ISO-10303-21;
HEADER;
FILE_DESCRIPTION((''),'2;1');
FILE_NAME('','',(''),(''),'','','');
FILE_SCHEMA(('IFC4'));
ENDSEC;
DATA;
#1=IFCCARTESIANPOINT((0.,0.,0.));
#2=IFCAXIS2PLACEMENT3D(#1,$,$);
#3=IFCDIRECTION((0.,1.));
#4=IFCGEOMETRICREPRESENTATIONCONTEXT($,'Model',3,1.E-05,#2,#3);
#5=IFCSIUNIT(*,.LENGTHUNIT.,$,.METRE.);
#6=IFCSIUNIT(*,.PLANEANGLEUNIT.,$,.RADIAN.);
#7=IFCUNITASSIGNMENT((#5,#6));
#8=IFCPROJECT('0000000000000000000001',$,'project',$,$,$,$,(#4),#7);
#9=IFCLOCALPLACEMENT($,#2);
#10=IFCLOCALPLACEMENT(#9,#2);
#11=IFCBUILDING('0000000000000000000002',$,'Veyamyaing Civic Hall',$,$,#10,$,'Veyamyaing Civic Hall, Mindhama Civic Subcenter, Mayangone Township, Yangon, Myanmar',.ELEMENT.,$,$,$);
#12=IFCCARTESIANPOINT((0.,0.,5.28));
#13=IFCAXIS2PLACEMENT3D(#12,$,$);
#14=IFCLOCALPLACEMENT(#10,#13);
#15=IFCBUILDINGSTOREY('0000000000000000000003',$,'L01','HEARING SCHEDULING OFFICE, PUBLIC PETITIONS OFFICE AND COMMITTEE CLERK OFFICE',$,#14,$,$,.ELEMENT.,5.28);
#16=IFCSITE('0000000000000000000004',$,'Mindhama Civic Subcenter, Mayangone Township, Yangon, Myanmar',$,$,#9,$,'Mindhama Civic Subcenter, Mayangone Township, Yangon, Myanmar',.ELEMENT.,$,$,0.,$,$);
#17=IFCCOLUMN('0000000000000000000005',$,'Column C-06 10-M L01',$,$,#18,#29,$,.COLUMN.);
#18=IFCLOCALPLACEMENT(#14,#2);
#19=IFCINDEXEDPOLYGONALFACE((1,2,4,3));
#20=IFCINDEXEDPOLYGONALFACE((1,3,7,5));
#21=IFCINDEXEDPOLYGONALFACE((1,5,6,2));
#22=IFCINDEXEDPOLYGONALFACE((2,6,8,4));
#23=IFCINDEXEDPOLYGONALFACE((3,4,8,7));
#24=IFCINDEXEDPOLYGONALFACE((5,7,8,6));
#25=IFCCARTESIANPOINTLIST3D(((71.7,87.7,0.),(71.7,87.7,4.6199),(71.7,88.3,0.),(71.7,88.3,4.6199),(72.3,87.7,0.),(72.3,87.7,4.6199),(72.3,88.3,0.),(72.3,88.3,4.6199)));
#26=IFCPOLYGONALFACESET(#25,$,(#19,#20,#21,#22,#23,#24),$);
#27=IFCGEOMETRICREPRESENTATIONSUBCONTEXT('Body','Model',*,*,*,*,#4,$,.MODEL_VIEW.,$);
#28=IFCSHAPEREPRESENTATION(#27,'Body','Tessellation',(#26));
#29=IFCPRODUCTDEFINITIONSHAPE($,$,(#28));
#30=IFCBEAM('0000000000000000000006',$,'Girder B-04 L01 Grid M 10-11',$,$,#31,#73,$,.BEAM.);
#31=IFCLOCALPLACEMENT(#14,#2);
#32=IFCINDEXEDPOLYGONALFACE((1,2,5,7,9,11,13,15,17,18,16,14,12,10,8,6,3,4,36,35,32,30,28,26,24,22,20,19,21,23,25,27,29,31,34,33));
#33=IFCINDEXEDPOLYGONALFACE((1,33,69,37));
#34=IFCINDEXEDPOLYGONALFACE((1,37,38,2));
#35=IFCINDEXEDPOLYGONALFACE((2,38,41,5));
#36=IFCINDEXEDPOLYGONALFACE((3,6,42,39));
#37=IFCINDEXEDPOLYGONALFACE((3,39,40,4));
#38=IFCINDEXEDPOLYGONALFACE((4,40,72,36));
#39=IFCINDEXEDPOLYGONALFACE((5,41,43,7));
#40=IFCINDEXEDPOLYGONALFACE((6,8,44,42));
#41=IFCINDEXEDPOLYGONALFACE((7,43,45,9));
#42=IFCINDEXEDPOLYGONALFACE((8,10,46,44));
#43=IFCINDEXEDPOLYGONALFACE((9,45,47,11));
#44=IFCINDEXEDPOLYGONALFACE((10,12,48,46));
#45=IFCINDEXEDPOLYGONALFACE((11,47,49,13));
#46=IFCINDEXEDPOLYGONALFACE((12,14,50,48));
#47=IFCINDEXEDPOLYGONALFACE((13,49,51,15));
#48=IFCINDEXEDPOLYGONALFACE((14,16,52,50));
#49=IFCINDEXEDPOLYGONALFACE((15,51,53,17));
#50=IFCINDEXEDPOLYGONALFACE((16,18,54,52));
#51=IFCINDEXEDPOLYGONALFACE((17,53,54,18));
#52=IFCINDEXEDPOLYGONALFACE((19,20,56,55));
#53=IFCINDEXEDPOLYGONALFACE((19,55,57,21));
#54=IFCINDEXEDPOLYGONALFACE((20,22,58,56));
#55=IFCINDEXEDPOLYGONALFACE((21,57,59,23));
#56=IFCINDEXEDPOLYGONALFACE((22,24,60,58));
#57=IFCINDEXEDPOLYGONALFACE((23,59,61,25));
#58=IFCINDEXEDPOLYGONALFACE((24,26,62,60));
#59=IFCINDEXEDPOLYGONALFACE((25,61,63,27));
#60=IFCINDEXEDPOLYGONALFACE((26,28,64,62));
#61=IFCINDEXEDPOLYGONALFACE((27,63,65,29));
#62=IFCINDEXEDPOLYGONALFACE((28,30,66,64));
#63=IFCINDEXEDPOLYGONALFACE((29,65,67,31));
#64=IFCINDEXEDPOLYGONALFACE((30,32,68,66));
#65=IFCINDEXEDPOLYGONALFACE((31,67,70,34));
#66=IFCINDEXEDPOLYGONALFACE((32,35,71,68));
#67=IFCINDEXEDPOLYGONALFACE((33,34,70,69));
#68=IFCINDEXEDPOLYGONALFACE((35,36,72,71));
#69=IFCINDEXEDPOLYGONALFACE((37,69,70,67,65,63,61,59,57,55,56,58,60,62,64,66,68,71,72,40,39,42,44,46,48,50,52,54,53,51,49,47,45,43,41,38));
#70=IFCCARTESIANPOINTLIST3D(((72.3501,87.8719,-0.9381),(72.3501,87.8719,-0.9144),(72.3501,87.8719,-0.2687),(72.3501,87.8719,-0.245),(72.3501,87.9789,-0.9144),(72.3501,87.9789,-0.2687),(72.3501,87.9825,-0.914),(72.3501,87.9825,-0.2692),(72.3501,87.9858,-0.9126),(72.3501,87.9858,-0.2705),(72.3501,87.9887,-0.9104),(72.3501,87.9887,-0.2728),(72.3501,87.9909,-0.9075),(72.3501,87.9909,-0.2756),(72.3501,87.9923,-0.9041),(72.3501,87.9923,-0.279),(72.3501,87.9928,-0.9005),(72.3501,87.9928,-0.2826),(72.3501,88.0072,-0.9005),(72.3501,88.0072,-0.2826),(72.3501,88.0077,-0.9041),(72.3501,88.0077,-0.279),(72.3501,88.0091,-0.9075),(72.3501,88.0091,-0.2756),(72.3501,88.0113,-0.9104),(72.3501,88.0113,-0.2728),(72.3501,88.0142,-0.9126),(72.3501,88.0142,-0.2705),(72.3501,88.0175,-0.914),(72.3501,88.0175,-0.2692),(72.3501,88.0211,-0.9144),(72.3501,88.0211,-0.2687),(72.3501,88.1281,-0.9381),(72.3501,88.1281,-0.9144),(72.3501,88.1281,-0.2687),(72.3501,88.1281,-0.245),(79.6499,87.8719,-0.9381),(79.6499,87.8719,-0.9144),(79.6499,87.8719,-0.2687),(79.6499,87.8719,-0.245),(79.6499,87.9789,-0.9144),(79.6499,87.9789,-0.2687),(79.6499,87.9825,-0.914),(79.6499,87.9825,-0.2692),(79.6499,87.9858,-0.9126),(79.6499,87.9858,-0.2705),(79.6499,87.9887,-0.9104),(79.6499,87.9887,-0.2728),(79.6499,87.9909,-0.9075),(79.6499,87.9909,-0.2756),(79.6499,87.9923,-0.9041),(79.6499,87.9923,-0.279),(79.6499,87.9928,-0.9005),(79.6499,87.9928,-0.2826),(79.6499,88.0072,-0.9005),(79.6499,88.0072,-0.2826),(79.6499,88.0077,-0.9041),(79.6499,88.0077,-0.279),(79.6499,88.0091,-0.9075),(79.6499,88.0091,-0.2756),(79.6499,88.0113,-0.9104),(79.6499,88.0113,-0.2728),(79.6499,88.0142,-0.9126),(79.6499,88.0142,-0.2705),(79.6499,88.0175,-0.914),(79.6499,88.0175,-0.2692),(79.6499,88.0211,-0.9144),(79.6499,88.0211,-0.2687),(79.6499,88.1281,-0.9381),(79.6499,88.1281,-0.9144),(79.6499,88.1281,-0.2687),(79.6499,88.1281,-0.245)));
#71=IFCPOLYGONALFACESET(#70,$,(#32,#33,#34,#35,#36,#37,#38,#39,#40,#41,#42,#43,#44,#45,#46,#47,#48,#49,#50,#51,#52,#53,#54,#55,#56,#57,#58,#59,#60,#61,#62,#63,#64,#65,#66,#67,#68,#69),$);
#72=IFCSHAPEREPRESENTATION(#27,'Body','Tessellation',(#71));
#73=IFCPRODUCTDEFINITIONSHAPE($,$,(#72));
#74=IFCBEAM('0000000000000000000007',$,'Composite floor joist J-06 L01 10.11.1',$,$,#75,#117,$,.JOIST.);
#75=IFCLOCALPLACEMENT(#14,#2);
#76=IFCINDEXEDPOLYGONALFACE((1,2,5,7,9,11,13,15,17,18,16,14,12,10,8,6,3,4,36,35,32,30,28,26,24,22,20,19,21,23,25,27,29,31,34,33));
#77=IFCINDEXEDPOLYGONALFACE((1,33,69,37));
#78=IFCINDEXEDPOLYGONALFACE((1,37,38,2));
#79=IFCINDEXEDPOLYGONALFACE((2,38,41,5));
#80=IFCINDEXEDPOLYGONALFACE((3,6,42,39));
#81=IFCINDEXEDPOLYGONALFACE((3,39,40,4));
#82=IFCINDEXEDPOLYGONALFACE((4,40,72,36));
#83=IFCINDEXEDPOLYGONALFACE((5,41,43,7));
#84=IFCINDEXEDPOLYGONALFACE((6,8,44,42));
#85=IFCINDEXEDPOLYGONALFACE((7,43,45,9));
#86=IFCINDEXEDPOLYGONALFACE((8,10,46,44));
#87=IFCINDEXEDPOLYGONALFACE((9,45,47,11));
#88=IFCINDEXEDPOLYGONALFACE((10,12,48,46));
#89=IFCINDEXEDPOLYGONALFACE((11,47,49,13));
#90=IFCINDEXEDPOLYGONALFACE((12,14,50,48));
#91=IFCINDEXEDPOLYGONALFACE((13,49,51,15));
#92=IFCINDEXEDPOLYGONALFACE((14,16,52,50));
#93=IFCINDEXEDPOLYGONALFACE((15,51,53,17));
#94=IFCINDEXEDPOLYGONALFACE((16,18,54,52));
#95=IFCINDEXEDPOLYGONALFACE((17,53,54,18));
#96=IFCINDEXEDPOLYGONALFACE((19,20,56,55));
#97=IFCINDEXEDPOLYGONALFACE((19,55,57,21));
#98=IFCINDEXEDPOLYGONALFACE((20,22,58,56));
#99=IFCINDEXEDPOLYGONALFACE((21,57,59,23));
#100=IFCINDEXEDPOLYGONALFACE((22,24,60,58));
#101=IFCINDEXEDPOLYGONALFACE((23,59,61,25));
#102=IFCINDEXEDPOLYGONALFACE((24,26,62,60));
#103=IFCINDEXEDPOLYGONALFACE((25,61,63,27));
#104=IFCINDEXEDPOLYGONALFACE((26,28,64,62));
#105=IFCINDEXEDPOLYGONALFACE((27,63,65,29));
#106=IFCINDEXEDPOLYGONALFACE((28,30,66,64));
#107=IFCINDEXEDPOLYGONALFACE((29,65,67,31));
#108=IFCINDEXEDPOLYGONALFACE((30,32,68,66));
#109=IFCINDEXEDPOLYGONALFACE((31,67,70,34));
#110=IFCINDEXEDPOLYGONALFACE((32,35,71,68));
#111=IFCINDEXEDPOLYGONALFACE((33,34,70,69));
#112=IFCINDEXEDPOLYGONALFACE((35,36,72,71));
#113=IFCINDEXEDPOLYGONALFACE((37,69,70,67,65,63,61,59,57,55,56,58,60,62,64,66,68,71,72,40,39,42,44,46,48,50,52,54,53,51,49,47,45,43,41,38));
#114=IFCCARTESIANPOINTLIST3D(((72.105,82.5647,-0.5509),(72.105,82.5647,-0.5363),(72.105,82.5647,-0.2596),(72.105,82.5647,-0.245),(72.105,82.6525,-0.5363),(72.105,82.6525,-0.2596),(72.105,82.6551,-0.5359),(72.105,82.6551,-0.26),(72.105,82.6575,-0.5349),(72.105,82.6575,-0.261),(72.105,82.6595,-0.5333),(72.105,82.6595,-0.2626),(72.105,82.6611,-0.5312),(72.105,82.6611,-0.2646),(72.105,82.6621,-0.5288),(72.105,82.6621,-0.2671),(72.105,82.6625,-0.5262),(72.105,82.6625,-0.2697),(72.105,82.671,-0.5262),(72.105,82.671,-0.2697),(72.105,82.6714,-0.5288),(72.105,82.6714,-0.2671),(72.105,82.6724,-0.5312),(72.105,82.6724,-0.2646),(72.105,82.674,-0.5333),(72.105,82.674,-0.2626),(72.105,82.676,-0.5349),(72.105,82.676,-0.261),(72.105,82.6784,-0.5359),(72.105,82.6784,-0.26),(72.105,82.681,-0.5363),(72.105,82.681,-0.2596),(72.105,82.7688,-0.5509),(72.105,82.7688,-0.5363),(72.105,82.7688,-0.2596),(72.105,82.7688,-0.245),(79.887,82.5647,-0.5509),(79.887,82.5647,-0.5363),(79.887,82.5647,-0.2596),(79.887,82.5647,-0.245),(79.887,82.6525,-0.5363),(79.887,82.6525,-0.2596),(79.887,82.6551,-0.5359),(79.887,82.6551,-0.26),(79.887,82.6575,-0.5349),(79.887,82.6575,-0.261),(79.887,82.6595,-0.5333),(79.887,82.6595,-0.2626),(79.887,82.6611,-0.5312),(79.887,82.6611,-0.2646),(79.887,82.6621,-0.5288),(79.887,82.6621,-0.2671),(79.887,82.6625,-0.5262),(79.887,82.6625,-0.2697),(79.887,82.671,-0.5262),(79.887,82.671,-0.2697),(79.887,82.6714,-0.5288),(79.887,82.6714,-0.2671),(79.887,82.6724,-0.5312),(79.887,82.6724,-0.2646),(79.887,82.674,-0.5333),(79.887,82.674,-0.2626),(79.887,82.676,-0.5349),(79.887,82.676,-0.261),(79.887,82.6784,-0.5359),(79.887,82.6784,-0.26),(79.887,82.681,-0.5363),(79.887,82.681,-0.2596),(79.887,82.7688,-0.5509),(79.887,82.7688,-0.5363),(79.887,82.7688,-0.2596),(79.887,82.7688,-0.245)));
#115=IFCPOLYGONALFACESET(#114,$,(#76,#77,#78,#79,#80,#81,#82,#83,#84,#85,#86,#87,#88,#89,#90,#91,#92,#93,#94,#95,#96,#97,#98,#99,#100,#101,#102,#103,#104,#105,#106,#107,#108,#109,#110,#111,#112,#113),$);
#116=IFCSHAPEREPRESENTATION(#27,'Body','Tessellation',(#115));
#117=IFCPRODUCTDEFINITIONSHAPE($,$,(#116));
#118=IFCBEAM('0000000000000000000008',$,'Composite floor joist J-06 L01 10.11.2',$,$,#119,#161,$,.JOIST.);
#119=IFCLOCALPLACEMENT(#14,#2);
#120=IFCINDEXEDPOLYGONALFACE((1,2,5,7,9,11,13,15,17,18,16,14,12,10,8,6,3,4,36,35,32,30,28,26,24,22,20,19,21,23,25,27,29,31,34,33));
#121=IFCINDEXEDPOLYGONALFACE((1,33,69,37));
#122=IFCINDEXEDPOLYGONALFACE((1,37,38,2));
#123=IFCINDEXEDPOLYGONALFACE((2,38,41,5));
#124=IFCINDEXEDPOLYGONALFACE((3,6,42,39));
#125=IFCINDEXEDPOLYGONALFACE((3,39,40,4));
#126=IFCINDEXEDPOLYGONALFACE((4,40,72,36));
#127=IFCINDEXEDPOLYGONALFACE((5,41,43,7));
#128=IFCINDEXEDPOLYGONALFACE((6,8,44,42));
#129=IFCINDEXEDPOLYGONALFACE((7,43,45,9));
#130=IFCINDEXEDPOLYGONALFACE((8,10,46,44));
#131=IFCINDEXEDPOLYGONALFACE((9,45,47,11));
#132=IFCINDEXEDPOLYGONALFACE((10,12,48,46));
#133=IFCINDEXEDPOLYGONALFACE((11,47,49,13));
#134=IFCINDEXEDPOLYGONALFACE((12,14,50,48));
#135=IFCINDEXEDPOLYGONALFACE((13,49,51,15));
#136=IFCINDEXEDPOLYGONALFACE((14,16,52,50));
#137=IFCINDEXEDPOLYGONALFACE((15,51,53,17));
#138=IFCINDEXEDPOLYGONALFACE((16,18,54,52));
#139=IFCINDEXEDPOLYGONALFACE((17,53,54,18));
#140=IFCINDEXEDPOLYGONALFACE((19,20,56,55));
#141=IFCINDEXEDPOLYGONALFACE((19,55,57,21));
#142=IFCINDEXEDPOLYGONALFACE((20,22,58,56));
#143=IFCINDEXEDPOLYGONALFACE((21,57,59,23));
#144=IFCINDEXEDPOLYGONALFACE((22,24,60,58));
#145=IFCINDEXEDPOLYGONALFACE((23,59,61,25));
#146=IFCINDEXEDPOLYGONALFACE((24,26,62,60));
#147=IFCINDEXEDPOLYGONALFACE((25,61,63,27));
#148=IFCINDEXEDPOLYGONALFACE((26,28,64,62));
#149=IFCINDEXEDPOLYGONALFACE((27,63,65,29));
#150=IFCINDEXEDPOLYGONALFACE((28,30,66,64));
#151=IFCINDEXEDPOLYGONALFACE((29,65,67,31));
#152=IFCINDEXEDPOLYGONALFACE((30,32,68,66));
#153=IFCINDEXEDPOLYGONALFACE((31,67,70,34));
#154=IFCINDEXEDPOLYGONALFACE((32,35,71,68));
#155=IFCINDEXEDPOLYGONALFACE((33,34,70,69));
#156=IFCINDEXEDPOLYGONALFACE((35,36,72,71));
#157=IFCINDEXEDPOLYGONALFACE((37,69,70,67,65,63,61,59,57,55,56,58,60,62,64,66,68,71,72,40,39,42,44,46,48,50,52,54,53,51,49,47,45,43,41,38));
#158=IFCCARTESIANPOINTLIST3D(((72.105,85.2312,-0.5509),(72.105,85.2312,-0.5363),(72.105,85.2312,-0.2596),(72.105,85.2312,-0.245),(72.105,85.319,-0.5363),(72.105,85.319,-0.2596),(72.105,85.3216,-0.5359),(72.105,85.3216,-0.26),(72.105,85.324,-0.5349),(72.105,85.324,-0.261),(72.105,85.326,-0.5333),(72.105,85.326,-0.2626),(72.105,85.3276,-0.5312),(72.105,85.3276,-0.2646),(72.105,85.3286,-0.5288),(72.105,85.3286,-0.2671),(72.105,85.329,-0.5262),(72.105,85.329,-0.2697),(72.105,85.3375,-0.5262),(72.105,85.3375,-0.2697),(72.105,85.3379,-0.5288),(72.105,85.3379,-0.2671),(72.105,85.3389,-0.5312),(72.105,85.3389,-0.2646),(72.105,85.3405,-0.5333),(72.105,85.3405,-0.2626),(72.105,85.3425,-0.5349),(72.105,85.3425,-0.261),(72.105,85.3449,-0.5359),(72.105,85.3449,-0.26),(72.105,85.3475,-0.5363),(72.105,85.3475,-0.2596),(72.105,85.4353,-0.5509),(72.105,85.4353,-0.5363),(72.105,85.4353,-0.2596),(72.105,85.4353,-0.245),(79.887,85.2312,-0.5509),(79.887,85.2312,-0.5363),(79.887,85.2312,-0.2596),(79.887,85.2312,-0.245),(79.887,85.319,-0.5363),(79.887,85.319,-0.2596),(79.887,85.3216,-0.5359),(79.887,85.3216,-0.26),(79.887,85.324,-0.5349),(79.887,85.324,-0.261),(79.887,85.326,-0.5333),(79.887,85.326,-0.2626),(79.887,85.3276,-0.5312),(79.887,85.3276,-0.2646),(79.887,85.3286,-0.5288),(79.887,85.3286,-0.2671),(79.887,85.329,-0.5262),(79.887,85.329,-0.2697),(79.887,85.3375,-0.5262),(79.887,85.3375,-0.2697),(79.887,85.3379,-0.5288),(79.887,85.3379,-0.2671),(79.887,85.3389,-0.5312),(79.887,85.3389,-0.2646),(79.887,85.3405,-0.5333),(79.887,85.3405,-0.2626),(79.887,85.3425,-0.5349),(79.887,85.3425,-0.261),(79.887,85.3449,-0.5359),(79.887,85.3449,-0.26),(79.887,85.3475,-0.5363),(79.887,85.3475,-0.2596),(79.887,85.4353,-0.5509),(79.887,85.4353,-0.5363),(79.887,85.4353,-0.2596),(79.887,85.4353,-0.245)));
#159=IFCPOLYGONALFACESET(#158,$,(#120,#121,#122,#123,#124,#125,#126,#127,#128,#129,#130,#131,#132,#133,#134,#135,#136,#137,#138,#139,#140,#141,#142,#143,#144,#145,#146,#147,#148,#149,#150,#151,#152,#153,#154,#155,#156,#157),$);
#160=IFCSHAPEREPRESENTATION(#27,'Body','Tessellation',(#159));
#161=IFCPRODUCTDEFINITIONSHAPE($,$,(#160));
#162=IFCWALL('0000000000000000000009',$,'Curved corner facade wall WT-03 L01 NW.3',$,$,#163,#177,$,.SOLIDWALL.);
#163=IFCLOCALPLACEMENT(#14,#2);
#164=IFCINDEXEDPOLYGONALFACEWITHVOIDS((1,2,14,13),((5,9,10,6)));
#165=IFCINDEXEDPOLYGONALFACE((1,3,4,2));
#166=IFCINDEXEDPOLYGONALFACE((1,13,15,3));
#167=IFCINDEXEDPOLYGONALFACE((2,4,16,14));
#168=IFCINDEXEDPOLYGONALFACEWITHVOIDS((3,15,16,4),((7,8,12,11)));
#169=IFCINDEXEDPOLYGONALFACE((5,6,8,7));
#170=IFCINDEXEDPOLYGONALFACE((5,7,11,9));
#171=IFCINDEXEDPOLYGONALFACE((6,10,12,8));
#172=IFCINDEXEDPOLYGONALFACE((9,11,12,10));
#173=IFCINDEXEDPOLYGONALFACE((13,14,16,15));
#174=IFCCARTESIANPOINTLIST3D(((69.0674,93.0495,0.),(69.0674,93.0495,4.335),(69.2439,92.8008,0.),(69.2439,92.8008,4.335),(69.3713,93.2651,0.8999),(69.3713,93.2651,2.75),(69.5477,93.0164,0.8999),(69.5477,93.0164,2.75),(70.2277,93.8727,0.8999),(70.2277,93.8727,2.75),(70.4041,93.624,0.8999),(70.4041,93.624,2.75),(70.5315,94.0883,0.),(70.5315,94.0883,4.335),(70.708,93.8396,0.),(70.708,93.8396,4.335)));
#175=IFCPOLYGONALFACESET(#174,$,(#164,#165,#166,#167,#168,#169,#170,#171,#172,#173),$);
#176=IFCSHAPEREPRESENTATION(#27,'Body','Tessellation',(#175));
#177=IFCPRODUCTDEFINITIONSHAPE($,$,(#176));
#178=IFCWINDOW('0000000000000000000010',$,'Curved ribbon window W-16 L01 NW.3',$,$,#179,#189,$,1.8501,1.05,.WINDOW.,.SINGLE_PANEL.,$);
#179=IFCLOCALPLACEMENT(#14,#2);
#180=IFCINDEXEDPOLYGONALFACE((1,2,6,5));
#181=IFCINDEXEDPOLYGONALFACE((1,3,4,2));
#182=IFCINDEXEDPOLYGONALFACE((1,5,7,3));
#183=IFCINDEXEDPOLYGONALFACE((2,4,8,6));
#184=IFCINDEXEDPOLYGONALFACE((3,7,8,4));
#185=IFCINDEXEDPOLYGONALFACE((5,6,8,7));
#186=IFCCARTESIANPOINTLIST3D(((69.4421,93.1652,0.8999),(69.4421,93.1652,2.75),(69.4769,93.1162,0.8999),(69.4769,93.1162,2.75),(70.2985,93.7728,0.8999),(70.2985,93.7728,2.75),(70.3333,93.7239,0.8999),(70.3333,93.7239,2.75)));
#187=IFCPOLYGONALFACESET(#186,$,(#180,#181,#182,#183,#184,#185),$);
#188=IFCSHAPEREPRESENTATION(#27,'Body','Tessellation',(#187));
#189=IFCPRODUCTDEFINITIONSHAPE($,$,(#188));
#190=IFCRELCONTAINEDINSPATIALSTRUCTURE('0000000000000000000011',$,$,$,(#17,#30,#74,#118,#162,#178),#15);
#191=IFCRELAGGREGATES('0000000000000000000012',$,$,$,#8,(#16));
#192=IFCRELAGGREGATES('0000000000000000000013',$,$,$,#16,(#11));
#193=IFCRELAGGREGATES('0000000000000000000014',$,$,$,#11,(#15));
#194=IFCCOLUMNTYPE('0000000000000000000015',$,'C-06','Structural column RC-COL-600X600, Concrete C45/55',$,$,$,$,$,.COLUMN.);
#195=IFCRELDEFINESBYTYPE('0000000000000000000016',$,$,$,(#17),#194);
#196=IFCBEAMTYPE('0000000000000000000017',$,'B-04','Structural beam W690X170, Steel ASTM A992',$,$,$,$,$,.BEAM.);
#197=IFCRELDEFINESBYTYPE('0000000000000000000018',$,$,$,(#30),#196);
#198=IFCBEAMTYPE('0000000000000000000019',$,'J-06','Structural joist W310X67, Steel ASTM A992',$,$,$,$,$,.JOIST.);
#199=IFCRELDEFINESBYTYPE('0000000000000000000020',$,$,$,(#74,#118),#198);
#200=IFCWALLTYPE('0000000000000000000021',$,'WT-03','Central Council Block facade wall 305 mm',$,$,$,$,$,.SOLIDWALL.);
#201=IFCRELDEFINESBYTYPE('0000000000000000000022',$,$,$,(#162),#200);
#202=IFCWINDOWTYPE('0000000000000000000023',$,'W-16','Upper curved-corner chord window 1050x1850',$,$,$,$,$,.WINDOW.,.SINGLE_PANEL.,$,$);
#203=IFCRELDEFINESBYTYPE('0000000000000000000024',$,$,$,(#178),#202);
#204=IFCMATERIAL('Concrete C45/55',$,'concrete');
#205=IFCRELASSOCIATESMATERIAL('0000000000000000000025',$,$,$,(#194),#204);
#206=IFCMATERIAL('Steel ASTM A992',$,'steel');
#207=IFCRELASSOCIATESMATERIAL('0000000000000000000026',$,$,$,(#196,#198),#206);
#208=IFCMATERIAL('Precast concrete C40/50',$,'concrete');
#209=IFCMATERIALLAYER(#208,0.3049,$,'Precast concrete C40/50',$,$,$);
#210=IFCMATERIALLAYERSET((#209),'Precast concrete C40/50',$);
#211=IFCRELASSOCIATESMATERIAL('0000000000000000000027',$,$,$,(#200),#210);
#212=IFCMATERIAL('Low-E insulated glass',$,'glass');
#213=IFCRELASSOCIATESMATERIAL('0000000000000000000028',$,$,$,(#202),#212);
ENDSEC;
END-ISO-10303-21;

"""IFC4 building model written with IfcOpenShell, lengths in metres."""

from ifc_helpers import new_model, si_unit, direction, frame, frame_2d, origin, origin_2d, place, context, subcontext, project, spatial, rectangle, i_section, extrude, material, layer, layer_set, material_profile, profile_set, type_object, element, fill, save


model = new_model("IFC4")

# Units and contexts
model_context = context("Model", 3, precision=1e-05, world=origin(), true_north=direction((0.0, 1.0)))
body_context = subcontext(model_context, "Body", "Model", "MODEL_VIEW")
ifc_project = project(units=[si_unit("LENGTHUNIT", "METRE"), si_unit("PLANEANGLEUNIT", "RADIAN")], contexts=[model_context])

# Site, building, storey
site_placement = place(None, origin())
site = spatial("IfcSite", under=ifc_project, at=site_placement, Name="Mindhama Civic Subcenter, Mayangone Township, Yangon, Myanmar", LongName="Mindhama Civic Subcenter, Mayangone Township, Yangon, Myanmar", CompositionType="ELEMENT", RefElevation=0.0)
building_placement = place(site_placement, origin())
building = spatial("IfcBuilding", under=site, at=building_placement, Name="Veyamyaing Civic Hall", LongName="Veyamyaing Civic Hall, Mindhama Civic Subcenter, Mayangone Township, Yangon, Myanmar", CompositionType="ELEMENT")
storey_placement = place(building_placement, frame((0.0, 0.0, 5.28)))
storey = spatial("IfcBuildingStorey", under=building, at=storey_placement, Name="L01", Description="HEARING SCHEDULING OFFICE, PUBLIC PETITIONS OFFICE AND COMMITTEE CLERK OFFICE", CompositionType="ELEMENT", Elevation=5.28)

# Column
ifc_material_1 = material(Name="Concrete C45/55", Category="concrete")
ifc_material_profile_1 = material_profile(ifc_material_1, rectangle(XDim=0.6001, YDim=0.6001, at=origin_2d()), Name="RC-COL-600X600")
ifc_profile_set_1 = profile_set([ifc_material_profile_1], Name="Concrete C45/55")
column_type = type_object("IfcColumnType", Name="C-06", Description="Structural column RC-COL-600X600, Concrete C45/55", PredefinedType="COLUMN", material=ifc_profile_set_1)
column_placement = place(storey_placement, frame((72.0, 88.0, 0.0), z_axis=(0.0, 0.0, 1.0), x_axis=(1.0, 0.0, 0.0)))
element("IfcColumn", 1, at=column_placement, inside=storey, type_object=column_type, Name="Column C-06 10-M L01", PredefinedType="COLUMN", context=body_context, shape_type="SweptSolid", body=[
    extrude(rectangle(XDim=0.6001, YDim=0.6001, at=origin_2d()), origin(), (0.0, 0.0, 1.0), 4.6199),
])

# Beams
ifc_material_2 = material(Name="Steel ASTM A992", Category="steel")
ifc_material_profile_2 = material_profile(ifc_material_2, i_section(OverallWidth=0.2561, OverallDepth=0.6931, WebThickness=0.0144, FlangeThickness=0.0237, FilletRadius=0.0139, at=origin_2d()), Name="W690X170")
ifc_profile_set_2 = profile_set([ifc_material_profile_2], Name="Steel ASTM A992")
beam_type_1 = type_object("IfcBeamType", Name="B-04", Description="Structural beam W690X170, Steel ASTM A992", PredefinedType="BEAM", material=ifc_profile_set_2)
beam_placement = place(storey_placement, frame((72.3501, 88.0, -0.5916), z_axis=(1.0, 0.0, 0.0), x_axis=(0.0, 1.0, 0.0)))
element("IfcBeam", 2, at=beam_placement, inside=storey, type_object=beam_type_1, Name="Girder B-04 L01 Grid M 10-11", PredefinedType="BEAM", context=body_context, shape_type="SweptSolid", body=[
    extrude(i_section(OverallWidth=0.2561, OverallDepth=0.6931, WebThickness=0.0144, FlangeThickness=0.0237, FilletRadius=0.0139, at=origin_2d()), origin(), (0.0, 0.0, 1.0), 7.2998),
])
ifc_material_profile_3 = material_profile(ifc_material_2, i_section(OverallWidth=0.2041, OverallDepth=0.3059, WebThickness=0.0085, FlangeThickness=0.0146, FilletRadius=0.01, at=origin_2d()), Name="W310X67")
ifc_profile_set_3 = profile_set([ifc_material_profile_3], Name="Steel ASTM A992")
beam_type_2 = type_object("IfcBeamType", Name="J-06", Description="Structural joist W310X67, Steel ASTM A992", PredefinedType="JOIST", material=ifc_profile_set_3)
for number, where, z_axis, x_axis, name in (
    (3, (72.105, 82.6667, -0.3979), (1.0, 0.0, 0.0), (0.0, 1.0, 0.0), "Composite floor joist J-06 L01 10.11.1"),
    (4, (72.105, 85.3333, -0.3979), (1.0, 0.0, 0.0), (0.0, 1.0, 0.0), "Composite floor joist J-06 L01 10.11.2"),
):
    element("IfcBeam", number, at=place(storey_placement, frame(where, z_axis=z_axis, x_axis=x_axis)), inside=storey, type_object=beam_type_2, Name=name, PredefinedType="JOIST", context=body_context, shape_type="SweptSolid", body=[
        extrude(i_section(OverallWidth=0.2041, OverallDepth=0.3059, WebThickness=0.0085, FlangeThickness=0.0146, FilletRadius=0.01, at=origin_2d()), origin(), (0.0, 0.0, 1.0), 7.782),
    ])

# Wall, opening, window
ifc_material_3 = material(Name="Precast concrete C40/50", Category="concrete")
ifc_layer_1 = layer(ifc_material_3, 0.3049, Name="Precast concrete C40/50")
ifc_layer_set_1 = layer_set([ifc_layer_1], Name="Precast concrete C40/50")
wall_type_1 = type_object("IfcWallType", Name="WT-03", Description="Central Council Block facade wall 305 mm", PredefinedType="SOLIDWALL", material=ifc_layer_set_1)
wall_1_placement = place(storey_placement, frame((70.6196, 93.9639, 0.0), z_axis=(0.0, 0.0, 1.0), x_axis=(-0.815567, -0.578662, 0.0)))
wall_1 = element("IfcWall", 5, at=wall_1_placement, inside=storey, type_object=wall_type_1, Name="Curved corner facade wall WT-03 L01 NW.3", PredefinedType="SOLIDWALL", context=body_context, shape_type="SweptSolid", body=[
    extrude(rectangle(XDim=1.7952, YDim=0.3049, at=frame_2d((0.8975, 0.0))), origin(), (0.0, 0.0, 1.0), 4.335),
])
opening_1_placement = place(wall_1_placement, frame((0.3726, 0.0, 0.8999)))
opening_1 = element("IfcOpeningElement", 6, at=opening_1_placement, cuts=wall_1, PredefinedType="OPENING", context=body_context, shape_type="SweptSolid", body=[
    extrude(rectangle(XDim=1.05, YDim=1.8501, at=frame_2d((0.5249, 0.925))), frame((0.0, 0.1624, 0.0), z_axis=(0.0, -1.0, 0.0), x_axis=(1.0, 0.0, 0.0)), (0.0, 0.0, 1.0), 0.325),
])
ifc_material_4 = material(Name="Low-E insulated glass", Category="glass")
window_type = type_object("IfcWindowType", Name="W-16", Description="Upper curved-corner chord window 1050x1850", PartitioningType="SINGLE_PANEL", PredefinedType="WINDOW", material=ifc_material_4)
window_1_placement = place(opening_1_placement, origin())
window_1 = element("IfcWindow", 7, at=window_1_placement, inside=storey, type_object=window_type, Name="Curved ribbon window W-16 L01 NW.3", OverallHeight=1.8501, OverallWidth=1.05, PartitioningType="SINGLE_PANEL", PredefinedType="WINDOW", context=body_context, shape_type="SweptSolid", body=[
    extrude(rectangle(XDim=1.05, YDim=1.8501, at=frame_2d((0.5249, 0.925))), frame((0.0, 0.03, 0.0), z_axis=(0.0, -1.0, 0.0), x_axis=(1.0, 0.0, 0.0)), (0.0, 0.0, 1.0), 0.0601),
])
fill(opening_1, window_1)

save(model, "model.ifc")
